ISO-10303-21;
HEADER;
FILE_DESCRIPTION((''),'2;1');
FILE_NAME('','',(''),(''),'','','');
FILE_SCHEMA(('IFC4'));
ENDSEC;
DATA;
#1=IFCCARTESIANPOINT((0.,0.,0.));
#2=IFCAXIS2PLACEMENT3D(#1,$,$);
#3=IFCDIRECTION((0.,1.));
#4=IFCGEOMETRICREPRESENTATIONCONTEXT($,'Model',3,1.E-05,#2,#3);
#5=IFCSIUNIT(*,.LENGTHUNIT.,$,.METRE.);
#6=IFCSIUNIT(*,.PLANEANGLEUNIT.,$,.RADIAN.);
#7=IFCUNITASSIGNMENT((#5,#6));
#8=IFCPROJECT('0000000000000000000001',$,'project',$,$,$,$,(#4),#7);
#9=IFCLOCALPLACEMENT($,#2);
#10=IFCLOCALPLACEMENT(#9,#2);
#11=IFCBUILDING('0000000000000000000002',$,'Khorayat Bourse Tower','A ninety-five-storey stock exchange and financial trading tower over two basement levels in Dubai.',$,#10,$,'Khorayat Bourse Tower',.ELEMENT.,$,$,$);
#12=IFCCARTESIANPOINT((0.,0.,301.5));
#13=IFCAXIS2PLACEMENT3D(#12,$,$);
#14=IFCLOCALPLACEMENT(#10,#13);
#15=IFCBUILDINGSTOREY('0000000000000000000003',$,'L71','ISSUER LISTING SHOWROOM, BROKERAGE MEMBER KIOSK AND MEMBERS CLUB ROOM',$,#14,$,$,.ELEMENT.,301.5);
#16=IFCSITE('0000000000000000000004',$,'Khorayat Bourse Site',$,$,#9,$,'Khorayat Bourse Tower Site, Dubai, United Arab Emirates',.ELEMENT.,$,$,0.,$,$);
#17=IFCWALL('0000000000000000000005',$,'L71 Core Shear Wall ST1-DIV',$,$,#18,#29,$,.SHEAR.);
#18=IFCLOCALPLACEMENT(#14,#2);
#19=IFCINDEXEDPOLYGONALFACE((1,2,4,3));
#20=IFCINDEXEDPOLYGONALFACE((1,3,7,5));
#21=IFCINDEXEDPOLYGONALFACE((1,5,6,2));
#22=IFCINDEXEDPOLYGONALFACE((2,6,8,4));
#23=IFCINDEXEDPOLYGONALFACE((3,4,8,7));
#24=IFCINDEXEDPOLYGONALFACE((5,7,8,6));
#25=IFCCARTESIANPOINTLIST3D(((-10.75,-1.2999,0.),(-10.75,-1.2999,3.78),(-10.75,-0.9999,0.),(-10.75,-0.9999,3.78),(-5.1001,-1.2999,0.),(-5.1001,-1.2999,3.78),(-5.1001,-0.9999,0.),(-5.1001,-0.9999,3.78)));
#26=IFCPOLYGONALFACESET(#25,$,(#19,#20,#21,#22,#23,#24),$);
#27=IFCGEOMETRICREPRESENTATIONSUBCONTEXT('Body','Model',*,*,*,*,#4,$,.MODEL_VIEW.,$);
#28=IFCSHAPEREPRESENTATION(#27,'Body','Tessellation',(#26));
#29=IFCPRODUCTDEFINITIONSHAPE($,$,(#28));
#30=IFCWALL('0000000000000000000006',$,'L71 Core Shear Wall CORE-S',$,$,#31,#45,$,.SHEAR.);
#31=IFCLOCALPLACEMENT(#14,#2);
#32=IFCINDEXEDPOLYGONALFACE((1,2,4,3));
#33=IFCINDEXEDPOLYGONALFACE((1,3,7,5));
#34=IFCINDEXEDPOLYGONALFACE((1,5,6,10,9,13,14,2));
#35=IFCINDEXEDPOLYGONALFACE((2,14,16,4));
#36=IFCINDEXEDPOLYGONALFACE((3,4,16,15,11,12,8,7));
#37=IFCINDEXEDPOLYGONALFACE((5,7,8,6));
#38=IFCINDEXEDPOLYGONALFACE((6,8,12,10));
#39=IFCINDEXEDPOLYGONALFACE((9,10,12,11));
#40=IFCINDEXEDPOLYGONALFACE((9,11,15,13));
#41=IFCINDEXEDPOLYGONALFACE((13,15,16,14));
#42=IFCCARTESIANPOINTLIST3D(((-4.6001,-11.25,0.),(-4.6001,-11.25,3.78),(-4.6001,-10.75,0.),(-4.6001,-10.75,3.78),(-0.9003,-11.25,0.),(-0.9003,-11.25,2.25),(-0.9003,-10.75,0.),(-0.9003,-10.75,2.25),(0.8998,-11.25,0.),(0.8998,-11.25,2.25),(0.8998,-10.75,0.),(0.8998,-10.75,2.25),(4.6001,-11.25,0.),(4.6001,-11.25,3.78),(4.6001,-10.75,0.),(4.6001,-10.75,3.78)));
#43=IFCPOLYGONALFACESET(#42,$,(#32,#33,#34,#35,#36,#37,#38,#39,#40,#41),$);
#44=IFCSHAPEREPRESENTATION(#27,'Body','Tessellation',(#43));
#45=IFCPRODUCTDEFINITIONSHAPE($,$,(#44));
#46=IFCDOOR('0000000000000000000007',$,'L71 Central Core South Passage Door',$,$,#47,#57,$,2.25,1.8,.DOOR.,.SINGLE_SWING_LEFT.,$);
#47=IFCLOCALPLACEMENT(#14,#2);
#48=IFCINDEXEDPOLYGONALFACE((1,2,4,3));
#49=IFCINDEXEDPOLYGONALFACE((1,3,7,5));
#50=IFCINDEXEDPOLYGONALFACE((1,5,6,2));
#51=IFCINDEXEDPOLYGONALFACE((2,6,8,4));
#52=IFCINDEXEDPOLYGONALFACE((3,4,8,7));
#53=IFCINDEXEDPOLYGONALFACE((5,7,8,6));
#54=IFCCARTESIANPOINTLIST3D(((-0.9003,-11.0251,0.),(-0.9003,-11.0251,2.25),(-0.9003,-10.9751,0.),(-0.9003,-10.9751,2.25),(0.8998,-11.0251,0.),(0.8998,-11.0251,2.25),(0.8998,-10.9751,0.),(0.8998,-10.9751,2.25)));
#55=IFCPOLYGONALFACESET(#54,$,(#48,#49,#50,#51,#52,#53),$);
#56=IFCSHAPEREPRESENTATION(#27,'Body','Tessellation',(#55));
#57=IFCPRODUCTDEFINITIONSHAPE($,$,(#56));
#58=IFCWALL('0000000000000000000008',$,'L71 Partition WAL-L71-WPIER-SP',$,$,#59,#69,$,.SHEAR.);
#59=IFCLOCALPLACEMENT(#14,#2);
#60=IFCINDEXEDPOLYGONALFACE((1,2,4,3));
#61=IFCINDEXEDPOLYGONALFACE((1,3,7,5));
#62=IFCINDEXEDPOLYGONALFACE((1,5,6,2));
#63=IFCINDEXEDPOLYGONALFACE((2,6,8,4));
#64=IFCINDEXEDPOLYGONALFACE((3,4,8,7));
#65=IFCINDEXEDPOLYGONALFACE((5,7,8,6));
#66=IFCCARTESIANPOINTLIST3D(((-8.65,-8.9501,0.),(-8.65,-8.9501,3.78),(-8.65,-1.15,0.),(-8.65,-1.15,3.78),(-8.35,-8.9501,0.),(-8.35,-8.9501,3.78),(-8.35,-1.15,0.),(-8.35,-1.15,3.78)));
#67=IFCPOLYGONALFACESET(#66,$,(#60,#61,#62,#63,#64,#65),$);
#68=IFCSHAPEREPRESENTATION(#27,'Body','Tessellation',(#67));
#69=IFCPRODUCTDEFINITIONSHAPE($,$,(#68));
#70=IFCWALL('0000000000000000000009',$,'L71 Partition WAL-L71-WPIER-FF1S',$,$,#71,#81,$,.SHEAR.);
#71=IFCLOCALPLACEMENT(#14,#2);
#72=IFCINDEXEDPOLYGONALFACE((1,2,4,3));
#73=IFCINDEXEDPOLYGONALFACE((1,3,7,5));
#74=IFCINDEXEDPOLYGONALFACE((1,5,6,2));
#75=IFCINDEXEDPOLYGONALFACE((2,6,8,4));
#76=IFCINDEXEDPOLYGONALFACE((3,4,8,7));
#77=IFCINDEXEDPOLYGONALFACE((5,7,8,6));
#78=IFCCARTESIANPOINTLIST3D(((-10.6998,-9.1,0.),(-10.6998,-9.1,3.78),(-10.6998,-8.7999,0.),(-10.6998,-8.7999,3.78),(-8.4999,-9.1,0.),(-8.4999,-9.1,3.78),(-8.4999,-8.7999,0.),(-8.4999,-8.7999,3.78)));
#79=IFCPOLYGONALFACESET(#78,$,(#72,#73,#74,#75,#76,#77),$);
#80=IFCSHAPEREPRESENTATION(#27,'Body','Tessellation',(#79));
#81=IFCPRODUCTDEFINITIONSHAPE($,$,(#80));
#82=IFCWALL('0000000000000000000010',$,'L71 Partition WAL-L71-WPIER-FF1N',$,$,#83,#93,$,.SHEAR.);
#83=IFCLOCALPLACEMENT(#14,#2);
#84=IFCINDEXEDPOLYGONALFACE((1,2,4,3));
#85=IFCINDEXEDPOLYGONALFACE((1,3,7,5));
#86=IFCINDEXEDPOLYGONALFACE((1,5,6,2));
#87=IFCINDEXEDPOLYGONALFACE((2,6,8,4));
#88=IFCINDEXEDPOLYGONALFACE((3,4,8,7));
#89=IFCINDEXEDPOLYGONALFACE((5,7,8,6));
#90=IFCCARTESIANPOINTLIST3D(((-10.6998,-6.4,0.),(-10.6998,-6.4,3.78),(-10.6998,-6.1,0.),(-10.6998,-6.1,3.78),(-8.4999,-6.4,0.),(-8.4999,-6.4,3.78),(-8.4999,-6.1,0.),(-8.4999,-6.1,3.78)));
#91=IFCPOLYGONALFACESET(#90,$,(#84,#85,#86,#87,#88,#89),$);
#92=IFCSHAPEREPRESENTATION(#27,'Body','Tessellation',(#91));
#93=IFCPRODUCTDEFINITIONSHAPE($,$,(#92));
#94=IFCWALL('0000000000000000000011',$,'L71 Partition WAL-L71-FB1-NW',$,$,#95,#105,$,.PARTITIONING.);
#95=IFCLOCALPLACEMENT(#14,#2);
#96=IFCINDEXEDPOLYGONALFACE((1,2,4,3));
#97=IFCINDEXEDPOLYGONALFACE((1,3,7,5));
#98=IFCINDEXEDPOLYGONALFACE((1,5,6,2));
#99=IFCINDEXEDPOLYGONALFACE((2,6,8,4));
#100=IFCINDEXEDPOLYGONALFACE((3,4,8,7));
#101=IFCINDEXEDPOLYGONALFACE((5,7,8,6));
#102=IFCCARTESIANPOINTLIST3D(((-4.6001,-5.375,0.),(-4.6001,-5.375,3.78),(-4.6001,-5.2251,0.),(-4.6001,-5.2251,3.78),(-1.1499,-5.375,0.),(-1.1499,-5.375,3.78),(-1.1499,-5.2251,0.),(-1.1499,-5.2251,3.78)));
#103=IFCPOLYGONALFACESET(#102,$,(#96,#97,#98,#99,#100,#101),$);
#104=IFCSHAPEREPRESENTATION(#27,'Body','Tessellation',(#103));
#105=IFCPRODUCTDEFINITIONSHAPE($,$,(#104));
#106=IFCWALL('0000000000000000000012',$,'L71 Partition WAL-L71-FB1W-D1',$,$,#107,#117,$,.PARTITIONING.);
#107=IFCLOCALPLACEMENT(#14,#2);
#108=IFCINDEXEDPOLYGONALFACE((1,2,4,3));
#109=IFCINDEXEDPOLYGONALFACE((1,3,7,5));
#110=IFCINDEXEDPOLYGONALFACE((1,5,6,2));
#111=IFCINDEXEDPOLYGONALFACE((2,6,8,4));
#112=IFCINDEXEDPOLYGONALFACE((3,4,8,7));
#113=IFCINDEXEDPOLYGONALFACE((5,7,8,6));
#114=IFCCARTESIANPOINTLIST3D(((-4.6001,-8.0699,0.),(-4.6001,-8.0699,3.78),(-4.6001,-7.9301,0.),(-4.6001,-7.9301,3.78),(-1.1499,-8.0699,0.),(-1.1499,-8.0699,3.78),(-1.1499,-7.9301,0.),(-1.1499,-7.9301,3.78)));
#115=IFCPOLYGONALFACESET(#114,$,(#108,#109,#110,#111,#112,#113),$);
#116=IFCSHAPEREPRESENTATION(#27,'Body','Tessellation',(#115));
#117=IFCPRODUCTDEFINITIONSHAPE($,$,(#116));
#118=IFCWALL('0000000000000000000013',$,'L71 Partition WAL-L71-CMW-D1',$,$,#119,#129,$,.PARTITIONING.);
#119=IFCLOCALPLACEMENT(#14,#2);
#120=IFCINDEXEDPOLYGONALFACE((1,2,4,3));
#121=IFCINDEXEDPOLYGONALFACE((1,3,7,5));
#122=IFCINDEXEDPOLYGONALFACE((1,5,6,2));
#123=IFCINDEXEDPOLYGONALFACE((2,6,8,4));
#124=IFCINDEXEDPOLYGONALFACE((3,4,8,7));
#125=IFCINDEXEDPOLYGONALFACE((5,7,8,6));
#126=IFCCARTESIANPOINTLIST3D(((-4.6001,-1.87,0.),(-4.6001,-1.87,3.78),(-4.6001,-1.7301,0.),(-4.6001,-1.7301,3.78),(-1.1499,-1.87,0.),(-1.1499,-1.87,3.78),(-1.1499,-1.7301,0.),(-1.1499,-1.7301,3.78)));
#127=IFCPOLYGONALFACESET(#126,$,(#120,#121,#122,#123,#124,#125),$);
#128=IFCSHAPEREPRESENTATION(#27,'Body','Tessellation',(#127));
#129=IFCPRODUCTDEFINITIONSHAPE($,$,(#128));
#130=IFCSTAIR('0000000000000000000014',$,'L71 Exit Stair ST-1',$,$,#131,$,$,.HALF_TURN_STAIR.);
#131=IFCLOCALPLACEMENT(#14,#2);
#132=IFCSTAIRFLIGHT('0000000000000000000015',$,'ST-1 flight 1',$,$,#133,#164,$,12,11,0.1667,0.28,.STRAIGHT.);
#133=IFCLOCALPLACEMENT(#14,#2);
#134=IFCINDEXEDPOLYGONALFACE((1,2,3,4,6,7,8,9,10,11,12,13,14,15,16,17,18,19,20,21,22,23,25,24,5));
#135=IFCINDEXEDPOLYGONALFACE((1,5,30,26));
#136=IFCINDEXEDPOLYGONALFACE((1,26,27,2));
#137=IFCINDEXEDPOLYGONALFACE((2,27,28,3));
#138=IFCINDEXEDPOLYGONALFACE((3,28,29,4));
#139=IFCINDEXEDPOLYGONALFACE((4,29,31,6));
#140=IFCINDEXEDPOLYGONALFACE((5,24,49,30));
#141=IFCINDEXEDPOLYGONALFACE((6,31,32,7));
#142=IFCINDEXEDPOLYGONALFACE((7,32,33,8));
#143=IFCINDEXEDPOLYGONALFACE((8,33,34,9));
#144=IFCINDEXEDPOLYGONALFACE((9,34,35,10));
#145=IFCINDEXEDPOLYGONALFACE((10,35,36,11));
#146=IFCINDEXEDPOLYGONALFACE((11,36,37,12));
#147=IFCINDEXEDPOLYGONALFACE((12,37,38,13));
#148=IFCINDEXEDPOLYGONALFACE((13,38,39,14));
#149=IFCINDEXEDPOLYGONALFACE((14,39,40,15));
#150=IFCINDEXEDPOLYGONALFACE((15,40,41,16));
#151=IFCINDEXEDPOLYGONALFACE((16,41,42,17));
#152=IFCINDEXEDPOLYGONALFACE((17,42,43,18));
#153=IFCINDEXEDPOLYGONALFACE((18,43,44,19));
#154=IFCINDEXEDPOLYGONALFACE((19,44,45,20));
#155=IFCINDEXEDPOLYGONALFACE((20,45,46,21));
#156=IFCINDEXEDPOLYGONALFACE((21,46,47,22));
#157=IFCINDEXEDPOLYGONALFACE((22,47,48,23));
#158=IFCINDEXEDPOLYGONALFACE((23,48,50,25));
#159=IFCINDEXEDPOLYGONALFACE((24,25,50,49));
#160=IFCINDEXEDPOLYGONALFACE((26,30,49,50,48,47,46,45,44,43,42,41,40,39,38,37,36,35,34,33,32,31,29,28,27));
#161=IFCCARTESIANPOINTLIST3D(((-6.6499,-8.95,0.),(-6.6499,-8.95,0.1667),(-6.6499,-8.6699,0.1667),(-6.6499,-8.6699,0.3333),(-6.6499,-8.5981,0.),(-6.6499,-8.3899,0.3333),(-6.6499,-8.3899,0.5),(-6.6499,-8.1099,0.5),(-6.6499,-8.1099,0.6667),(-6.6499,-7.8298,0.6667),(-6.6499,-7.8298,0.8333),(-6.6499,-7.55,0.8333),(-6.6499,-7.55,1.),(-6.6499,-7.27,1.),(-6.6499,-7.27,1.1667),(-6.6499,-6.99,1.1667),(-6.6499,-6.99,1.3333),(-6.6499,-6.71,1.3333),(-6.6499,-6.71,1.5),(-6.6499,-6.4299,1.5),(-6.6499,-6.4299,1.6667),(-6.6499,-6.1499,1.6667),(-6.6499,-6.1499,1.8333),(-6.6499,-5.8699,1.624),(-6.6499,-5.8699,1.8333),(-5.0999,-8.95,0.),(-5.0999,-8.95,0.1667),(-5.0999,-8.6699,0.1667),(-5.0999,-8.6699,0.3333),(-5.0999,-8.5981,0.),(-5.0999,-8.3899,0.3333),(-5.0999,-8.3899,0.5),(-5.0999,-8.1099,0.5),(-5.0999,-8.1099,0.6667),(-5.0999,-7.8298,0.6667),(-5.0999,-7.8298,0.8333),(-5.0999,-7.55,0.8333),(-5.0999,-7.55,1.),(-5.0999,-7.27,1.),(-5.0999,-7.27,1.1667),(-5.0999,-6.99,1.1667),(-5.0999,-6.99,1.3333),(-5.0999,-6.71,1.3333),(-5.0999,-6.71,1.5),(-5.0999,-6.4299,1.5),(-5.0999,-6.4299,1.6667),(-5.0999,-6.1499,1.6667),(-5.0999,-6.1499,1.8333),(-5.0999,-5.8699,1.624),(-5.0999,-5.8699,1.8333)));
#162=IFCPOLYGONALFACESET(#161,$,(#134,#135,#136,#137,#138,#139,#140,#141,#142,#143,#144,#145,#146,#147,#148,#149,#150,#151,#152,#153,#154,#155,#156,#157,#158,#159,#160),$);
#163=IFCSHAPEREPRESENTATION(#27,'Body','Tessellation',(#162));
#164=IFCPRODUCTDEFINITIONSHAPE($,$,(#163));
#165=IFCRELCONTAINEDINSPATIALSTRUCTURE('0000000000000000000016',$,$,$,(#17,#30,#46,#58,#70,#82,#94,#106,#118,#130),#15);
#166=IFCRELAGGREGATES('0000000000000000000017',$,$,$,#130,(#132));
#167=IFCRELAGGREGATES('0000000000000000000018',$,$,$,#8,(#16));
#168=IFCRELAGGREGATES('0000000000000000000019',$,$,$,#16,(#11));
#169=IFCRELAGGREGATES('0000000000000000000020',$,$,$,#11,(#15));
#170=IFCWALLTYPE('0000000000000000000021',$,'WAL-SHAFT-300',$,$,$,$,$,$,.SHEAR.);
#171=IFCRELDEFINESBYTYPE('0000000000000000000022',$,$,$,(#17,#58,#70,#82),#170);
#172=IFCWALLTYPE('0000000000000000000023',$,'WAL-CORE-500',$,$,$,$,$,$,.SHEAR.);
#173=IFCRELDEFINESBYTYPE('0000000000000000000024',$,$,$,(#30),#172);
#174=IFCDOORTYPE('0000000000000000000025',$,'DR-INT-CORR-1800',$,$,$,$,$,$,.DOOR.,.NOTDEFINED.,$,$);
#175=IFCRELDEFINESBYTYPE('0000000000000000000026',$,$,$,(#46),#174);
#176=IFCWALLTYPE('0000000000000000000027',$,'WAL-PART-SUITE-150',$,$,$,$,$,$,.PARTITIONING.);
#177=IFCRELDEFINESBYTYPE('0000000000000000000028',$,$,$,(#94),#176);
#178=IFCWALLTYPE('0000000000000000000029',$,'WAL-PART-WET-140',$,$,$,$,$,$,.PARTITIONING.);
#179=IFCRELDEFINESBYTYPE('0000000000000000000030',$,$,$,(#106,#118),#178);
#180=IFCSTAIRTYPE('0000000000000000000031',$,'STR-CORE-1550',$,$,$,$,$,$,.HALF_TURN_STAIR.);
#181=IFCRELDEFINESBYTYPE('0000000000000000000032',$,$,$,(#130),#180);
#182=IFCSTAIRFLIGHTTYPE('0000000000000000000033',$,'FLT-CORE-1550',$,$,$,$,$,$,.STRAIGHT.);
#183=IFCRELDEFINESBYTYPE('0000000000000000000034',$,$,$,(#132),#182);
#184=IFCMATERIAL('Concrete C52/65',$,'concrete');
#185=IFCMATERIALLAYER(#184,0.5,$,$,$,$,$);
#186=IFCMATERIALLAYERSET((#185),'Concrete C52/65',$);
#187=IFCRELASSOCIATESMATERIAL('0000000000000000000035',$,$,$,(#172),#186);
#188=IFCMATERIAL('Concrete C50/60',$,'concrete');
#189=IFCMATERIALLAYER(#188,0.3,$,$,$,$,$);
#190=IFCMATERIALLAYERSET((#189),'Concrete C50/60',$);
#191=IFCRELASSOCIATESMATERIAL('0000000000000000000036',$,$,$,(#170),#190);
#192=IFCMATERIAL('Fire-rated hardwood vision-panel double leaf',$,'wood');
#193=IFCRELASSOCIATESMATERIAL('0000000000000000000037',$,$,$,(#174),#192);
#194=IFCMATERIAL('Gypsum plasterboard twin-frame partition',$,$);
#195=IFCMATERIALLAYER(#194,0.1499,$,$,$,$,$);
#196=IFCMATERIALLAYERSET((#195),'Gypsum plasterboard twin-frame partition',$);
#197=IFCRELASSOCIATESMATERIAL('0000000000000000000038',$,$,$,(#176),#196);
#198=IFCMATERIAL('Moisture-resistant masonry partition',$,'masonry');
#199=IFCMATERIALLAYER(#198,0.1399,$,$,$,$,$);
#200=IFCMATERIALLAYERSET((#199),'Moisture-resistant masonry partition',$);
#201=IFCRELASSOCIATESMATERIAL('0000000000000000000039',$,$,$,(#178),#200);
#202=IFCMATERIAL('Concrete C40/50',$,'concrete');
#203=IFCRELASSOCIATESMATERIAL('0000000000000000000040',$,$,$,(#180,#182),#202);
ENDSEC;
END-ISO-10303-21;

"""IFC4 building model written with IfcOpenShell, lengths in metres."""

from ifc_helpers import new_model, si_unit, direction, frame, frame_2d, origin, place, context, subcontext, project, spatial, polyline, rectangle, outline, extrude, source, transform, mapped, material, layer, layer_set, type_object, element, fill, aggregate, save


model = new_model("IFC4")

# Units and contexts
model_context = context("Model", 3, precision=1e-05, world=origin(), true_north=direction((0.0, 1.0)))
body_context = subcontext(model_context, "Body", "Model", "MODEL_VIEW")
ifc_project = project(units=[si_unit("LENGTHUNIT", "METRE"), si_unit("PLANEANGLEUNIT", "RADIAN")], contexts=[model_context])

# Site, building, storey
site_placement = place(None, origin())
site = spatial("IfcSite", under=ifc_project, at=site_placement, Name="Khorayat Bourse Site", LongName="Khorayat Bourse Tower Site, Dubai, United Arab Emirates", CompositionType="ELEMENT", RefElevation=0.0)
building_placement = place(site_placement, origin())
building = spatial("IfcBuilding", under=site, at=building_placement, Name="Khorayat Bourse Tower", Description="A ninety-five-storey stock exchange and financial trading tower over two basement levels in Dubai.", LongName="Khorayat Bourse Tower", CompositionType="ELEMENT")
storey_placement = place(building_placement, frame((0.0, 0.0, 301.5)))
storey = spatial("IfcBuildingStorey", under=building, at=storey_placement, Name="L71", Description="ISSUER LISTING SHOWROOM, BROKERAGE MEMBER KIOSK AND MEMBERS CLUB ROOM", CompositionType="ELEMENT", Elevation=301.5)

# Shared definitions
ifc_material_1 = material(Name="Concrete C52/65", Category="concrete")

# Wall
ifc_layer_1 = layer(ifc_material_1, 0.5)
ifc_layer_set_1 = layer_set([ifc_layer_1], Name="Concrete C52/65")
wall_type_1 = type_object("IfcWallType", Name="WAL-CORE-500", PredefinedType="SHEAR", material=ifc_layer_set_1)
ifc_material_2 = material(Name="Concrete C50/60", Category="concrete")
ifc_layer_2 = layer(ifc_material_2, 0.3)
ifc_layer_set_2 = layer_set([ifc_layer_2], Name="Concrete C50/60")
wall_type_2 = type_object("IfcWallType", Name="WAL-SHAFT-300", PredefinedType="SHEAR", material=ifc_layer_set_2)
shared_shape_1 = source(origin(), body_context, "Body", "SweptSolid", [
    extrude(rectangle(XDim=5.6499, YDim=0.3, at=frame_2d((2.825, 0.0))), origin(), (0.0, 0.0, 1.0), 3.78),
])
wall_1_placement = place(storey_placement, frame((-10.75, -1.1499, 0.0), z_axis=(0.0, 0.0, 1.0), x_axis=(1.0, 0.0, 0.0)))
element("IfcWall", 1, at=wall_1_placement, inside=storey, type_object=wall_type_2, Name="L71 Core Shear Wall ST1-DIV", PredefinedType="SHEAR", context=body_context, shape_type="MappedRepresentation", body=[
    mapped(shared_shape_1, transform((0.0, 0.0, 0.0), scale=1.0)),
])

# Wall, opening, door
shared_shape_2 = source(origin(), body_context, "Body", "SweptSolid", [
    extrude(rectangle(XDim=9.2002, YDim=0.5, at=frame_2d((4.6001, 0.0))), origin(), (0.0, 0.0, 1.0), 3.78),
])
wall_2_placement = place(storey_placement, frame((-4.6001, -11.0, 0.0), z_axis=(0.0, 0.0, 1.0), x_axis=(1.0, 0.0, 0.0)))
wall_2 = element("IfcWall", 2, at=wall_2_placement, inside=storey, type_object=wall_type_1, Name="L71 Core Shear Wall CORE-S", PredefinedType="SHEAR", context=body_context, shape_type="MappedRepresentation", body=[
    mapped(shared_shape_2, transform((0.0, 0.0, 0.0), scale=1.0)),
])
shared_shape_3 = source(origin(), body_context, "Body", "SweptSolid", [
    extrude(rectangle(XDim=1.8, YDim=2.25, at=frame_2d((0.8999, 1.125))), frame((0.0, 0.26, 0.0), z_axis=(0.0, -1.0, 0.0), x_axis=(1.0, 0.0, 0.0)), (0.0, 0.0, 1.0), 0.52),
])
opening_placement = place(wall_2_placement, frame((3.7, 0.0, 0.0)))
opening = element("IfcOpeningElement", 3, at=opening_placement, cuts=wall_2, PredefinedType="OPENING", context=body_context, shape_type="MappedRepresentation", body=[
    mapped(shared_shape_3, transform((0.0, 0.0, 0.0), scale=1.0)),
])
ifc_material_3 = material(Name="Fire-rated hardwood vision-panel double leaf", Category="wood")
door_type = type_object("IfcDoorType", Name="DR-INT-CORR-1800", OperationType="NOTDEFINED", PredefinedType="DOOR", material=ifc_material_3)
shared_shape_4 = source(origin(), body_context, "Body", "SweptSolid", [
    extrude(rectangle(XDim=1.8, YDim=2.25, at=frame_2d((0.8999, 1.125))), frame((0.0, 0.0249, 0.0), z_axis=(0.0, -1.0, 0.0), x_axis=(1.0, 0.0, 0.0)), (0.0, 0.0, 1.0), 0.05),
])
door_placement = place(opening_placement, origin())
door = element("IfcDoor", 4, at=door_placement, inside=storey, type_object=door_type, Name="L71 Central Core South Passage Door", OperationType="SINGLE_SWING_LEFT", OverallHeight=2.25, OverallWidth=1.8, PredefinedType="DOOR", context=body_context, shape_type="MappedRepresentation", body=[
    mapped(shared_shape_4, transform((0.0, 0.0, 0.0), scale=1.0)),
])
fill(opening, door)

# Walls
shared_shape_5 = source(origin(), body_context, "Body", "SweptSolid", [
    extrude(rectangle(XDim=7.8, YDim=0.3, at=frame_2d((3.8999, 0.0))), origin(), (0.0, 0.0, 1.0), 3.78),
])
wall_3_placement = place(storey_placement, frame((-8.5, -8.95, 0.0), z_axis=(0.0, 0.0, 1.0), x_axis=(0.0, 1.0, 0.0)))
element("IfcWall", 5, at=wall_3_placement, inside=storey, type_object=wall_type_2, Name="L71 Partition WAL-L71-WPIER-SP", PredefinedType="SHEAR", context=body_context, shape_type="MappedRepresentation", body=[
    mapped(shared_shape_5, transform((0.0, 0.0, 0.0), scale=1.0)),
])
shared_shape_6 = source(origin(), body_context, "Body", "SweptSolid", [
    extrude(rectangle(XDim=2.2, YDim=0.3, at=frame_2d((1.1001, 0.0))), origin(), (0.0, 0.0, 1.0), 3.78),
])
for number, where, z_axis, x_axis, name in (
    (6, (-10.7, -8.95, 0.0), (0.0, 0.0, 1.0), (1.0, 0.0, 0.0), "L71 Partition WAL-L71-WPIER-FF1S"),
    (7, (-10.7, -6.25, 0.0), (0.0, 0.0, 1.0), (1.0, 0.0, 0.0), "L71 Partition WAL-L71-WPIER-FF1N"),
):
    element("IfcWall", number, at=place(storey_placement, frame(where, z_axis=z_axis, x_axis=x_axis)), inside=storey, type_object=wall_type_2, Name=name, PredefinedType="SHEAR", context=body_context, shape_type="MappedRepresentation", body=[
        mapped(shared_shape_6, transform((0.0, 0.0, 0.0), scale=1.0)),
    ])
ifc_material_4 = material(Name="Gypsum plasterboard twin-frame partition")
ifc_layer_3 = layer(ifc_material_4, 0.1499)
ifc_layer_set_3 = layer_set([ifc_layer_3], Name="Gypsum plasterboard twin-frame partition")
wall_type_3 = type_object("IfcWallType", Name="WAL-PART-SUITE-150", PredefinedType="PARTITIONING", material=ifc_layer_set_3)
shared_shape_7 = source(origin(), body_context, "Body", "SweptSolid", [
    extrude(rectangle(XDim=3.4502, YDim=0.1499, at=frame_2d((1.7251, 0.0))), origin(), (0.0, 0.0, 1.0), 3.78),
])
wall_4_placement = place(storey_placement, frame((-4.6001, -5.3, 0.0), z_axis=(0.0, 0.0, 1.0), x_axis=(1.0, 0.0, 0.0)))
element("IfcWall", 8, at=wall_4_placement, inside=storey, type_object=wall_type_3, Name="L71 Partition WAL-L71-FB1-NW", PredefinedType="PARTITIONING", context=body_context, shape_type="MappedRepresentation", body=[
    mapped(shared_shape_7, transform((0.0, 0.0, 0.0), scale=1.0)),
])
ifc_material_5 = material(Name="Moisture-resistant masonry partition", Category="masonry")
ifc_layer_4 = layer(ifc_material_5, 0.1399)
ifc_layer_set_4 = layer_set([ifc_layer_4], Name="Moisture-resistant masonry partition")
wall_type_4 = type_object("IfcWallType", Name="WAL-PART-WET-140", PredefinedType="PARTITIONING", material=ifc_layer_set_4)
shared_shape_8 = source(origin(), body_context, "Body", "SweptSolid", [
    extrude(rectangle(XDim=3.4502, YDim=0.1399, at=frame_2d((1.7251, 0.0))), origin(), (0.0, 0.0, 1.0), 3.78),
])
for number, where, z_axis, x_axis, name in (
    (9, (-4.6001, -8.0, 0.0), (0.0, 0.0, 1.0), (1.0, 0.0, 0.0), "L71 Partition WAL-L71-FB1W-D1"),
    (10, (-4.6001, -1.8, 0.0), (0.0, 0.0, 1.0), (1.0, 0.0, 0.0), "L71 Partition WAL-L71-CMW-D1"),
):
    element("IfcWall", number, at=place(storey_placement, frame(where, z_axis=z_axis, x_axis=x_axis)), inside=storey, type_object=wall_type_4, Name=name, PredefinedType="PARTITIONING", context=body_context, shape_type="MappedRepresentation", body=[
        mapped(shared_shape_8, transform((0.0, 0.0, 0.0), scale=1.0)),
    ])

# Stair, stair flight
ifc_material_6 = material(Name="Concrete C40/50", Category="concrete")
stair_type = type_object("IfcStairType", Name="STR-CORE-1550", PredefinedType="HALF_TURN_STAIR", material=ifc_material_6)
stair_placement = place(storey_placement, origin())
stair = element("IfcStair", 11, at=stair_placement, inside=storey, type_object=stair_type, Name="L71 Exit Stair ST-1", PredefinedType="HALF_TURN_STAIR")
stair_flight_type = type_object("IfcStairFlightType", Name="FLT-CORE-1550", PredefinedType="STRAIGHT", material=ifc_material_6)
shared_shape_9 = source(origin(), body_context, "Body", "SweptSolid", [
    extrude(outline(polyline([(0.0, 0.0), (0.0, 0.1667), (0.28, 0.1667), (0.28, 0.3333), (0.5601, 0.3333), (0.5601, 0.5), (0.8401, 0.5), (0.8401, 0.6667), (1.1201, 0.6667), (1.1201, 0.8333), (1.3999, 0.8333), (1.3999, 1.0), (1.6799, 1.0), (1.6799, 1.1667), (1.96, 1.1667), (1.96, 1.3333), (2.24, 1.3333), (2.24, 1.5), (2.52, 1.5), (2.52, 1.6667), (2.8, 1.6667), (2.8, 1.8333), (3.0801, 1.8333), (3.0801, 2.0), (3.0801, 1.624), (0.3518, 0.0), (0.0, 0.0)])), frame((0.0, 0.7749, 0.0), z_axis=(0.0, -1.0, 0.0), x_axis=(1.0, 0.0, 0.0)), (0.0, 0.0, 1.0), 1.55),
])
stair_flight_1_placement = place(storey_placement, frame((-5.875, -8.95, 0.0), z_axis=(0.0, 0.0, 1.0), x_axis=(0.0, 1.0, 0.0)))
stair_flight_1 = element("IfcStairFlight", 12, at=stair_flight_1_placement, type_object=stair_flight_type, Name="ST-1 flight 1", NumberOfRisers=12, NumberOfTreads=11, PredefinedType="STRAIGHT", RiserHeight=0.1667, TreadLength=0.28, context=body_context, shape_type="MappedRepresentation", body=[
    mapped(shared_shape_9, transform((0.0, 0.0, 0.0), scale=1.0)),
])
aggregate(stair, [stair_flight_1])

save(model, "model.ifc")
